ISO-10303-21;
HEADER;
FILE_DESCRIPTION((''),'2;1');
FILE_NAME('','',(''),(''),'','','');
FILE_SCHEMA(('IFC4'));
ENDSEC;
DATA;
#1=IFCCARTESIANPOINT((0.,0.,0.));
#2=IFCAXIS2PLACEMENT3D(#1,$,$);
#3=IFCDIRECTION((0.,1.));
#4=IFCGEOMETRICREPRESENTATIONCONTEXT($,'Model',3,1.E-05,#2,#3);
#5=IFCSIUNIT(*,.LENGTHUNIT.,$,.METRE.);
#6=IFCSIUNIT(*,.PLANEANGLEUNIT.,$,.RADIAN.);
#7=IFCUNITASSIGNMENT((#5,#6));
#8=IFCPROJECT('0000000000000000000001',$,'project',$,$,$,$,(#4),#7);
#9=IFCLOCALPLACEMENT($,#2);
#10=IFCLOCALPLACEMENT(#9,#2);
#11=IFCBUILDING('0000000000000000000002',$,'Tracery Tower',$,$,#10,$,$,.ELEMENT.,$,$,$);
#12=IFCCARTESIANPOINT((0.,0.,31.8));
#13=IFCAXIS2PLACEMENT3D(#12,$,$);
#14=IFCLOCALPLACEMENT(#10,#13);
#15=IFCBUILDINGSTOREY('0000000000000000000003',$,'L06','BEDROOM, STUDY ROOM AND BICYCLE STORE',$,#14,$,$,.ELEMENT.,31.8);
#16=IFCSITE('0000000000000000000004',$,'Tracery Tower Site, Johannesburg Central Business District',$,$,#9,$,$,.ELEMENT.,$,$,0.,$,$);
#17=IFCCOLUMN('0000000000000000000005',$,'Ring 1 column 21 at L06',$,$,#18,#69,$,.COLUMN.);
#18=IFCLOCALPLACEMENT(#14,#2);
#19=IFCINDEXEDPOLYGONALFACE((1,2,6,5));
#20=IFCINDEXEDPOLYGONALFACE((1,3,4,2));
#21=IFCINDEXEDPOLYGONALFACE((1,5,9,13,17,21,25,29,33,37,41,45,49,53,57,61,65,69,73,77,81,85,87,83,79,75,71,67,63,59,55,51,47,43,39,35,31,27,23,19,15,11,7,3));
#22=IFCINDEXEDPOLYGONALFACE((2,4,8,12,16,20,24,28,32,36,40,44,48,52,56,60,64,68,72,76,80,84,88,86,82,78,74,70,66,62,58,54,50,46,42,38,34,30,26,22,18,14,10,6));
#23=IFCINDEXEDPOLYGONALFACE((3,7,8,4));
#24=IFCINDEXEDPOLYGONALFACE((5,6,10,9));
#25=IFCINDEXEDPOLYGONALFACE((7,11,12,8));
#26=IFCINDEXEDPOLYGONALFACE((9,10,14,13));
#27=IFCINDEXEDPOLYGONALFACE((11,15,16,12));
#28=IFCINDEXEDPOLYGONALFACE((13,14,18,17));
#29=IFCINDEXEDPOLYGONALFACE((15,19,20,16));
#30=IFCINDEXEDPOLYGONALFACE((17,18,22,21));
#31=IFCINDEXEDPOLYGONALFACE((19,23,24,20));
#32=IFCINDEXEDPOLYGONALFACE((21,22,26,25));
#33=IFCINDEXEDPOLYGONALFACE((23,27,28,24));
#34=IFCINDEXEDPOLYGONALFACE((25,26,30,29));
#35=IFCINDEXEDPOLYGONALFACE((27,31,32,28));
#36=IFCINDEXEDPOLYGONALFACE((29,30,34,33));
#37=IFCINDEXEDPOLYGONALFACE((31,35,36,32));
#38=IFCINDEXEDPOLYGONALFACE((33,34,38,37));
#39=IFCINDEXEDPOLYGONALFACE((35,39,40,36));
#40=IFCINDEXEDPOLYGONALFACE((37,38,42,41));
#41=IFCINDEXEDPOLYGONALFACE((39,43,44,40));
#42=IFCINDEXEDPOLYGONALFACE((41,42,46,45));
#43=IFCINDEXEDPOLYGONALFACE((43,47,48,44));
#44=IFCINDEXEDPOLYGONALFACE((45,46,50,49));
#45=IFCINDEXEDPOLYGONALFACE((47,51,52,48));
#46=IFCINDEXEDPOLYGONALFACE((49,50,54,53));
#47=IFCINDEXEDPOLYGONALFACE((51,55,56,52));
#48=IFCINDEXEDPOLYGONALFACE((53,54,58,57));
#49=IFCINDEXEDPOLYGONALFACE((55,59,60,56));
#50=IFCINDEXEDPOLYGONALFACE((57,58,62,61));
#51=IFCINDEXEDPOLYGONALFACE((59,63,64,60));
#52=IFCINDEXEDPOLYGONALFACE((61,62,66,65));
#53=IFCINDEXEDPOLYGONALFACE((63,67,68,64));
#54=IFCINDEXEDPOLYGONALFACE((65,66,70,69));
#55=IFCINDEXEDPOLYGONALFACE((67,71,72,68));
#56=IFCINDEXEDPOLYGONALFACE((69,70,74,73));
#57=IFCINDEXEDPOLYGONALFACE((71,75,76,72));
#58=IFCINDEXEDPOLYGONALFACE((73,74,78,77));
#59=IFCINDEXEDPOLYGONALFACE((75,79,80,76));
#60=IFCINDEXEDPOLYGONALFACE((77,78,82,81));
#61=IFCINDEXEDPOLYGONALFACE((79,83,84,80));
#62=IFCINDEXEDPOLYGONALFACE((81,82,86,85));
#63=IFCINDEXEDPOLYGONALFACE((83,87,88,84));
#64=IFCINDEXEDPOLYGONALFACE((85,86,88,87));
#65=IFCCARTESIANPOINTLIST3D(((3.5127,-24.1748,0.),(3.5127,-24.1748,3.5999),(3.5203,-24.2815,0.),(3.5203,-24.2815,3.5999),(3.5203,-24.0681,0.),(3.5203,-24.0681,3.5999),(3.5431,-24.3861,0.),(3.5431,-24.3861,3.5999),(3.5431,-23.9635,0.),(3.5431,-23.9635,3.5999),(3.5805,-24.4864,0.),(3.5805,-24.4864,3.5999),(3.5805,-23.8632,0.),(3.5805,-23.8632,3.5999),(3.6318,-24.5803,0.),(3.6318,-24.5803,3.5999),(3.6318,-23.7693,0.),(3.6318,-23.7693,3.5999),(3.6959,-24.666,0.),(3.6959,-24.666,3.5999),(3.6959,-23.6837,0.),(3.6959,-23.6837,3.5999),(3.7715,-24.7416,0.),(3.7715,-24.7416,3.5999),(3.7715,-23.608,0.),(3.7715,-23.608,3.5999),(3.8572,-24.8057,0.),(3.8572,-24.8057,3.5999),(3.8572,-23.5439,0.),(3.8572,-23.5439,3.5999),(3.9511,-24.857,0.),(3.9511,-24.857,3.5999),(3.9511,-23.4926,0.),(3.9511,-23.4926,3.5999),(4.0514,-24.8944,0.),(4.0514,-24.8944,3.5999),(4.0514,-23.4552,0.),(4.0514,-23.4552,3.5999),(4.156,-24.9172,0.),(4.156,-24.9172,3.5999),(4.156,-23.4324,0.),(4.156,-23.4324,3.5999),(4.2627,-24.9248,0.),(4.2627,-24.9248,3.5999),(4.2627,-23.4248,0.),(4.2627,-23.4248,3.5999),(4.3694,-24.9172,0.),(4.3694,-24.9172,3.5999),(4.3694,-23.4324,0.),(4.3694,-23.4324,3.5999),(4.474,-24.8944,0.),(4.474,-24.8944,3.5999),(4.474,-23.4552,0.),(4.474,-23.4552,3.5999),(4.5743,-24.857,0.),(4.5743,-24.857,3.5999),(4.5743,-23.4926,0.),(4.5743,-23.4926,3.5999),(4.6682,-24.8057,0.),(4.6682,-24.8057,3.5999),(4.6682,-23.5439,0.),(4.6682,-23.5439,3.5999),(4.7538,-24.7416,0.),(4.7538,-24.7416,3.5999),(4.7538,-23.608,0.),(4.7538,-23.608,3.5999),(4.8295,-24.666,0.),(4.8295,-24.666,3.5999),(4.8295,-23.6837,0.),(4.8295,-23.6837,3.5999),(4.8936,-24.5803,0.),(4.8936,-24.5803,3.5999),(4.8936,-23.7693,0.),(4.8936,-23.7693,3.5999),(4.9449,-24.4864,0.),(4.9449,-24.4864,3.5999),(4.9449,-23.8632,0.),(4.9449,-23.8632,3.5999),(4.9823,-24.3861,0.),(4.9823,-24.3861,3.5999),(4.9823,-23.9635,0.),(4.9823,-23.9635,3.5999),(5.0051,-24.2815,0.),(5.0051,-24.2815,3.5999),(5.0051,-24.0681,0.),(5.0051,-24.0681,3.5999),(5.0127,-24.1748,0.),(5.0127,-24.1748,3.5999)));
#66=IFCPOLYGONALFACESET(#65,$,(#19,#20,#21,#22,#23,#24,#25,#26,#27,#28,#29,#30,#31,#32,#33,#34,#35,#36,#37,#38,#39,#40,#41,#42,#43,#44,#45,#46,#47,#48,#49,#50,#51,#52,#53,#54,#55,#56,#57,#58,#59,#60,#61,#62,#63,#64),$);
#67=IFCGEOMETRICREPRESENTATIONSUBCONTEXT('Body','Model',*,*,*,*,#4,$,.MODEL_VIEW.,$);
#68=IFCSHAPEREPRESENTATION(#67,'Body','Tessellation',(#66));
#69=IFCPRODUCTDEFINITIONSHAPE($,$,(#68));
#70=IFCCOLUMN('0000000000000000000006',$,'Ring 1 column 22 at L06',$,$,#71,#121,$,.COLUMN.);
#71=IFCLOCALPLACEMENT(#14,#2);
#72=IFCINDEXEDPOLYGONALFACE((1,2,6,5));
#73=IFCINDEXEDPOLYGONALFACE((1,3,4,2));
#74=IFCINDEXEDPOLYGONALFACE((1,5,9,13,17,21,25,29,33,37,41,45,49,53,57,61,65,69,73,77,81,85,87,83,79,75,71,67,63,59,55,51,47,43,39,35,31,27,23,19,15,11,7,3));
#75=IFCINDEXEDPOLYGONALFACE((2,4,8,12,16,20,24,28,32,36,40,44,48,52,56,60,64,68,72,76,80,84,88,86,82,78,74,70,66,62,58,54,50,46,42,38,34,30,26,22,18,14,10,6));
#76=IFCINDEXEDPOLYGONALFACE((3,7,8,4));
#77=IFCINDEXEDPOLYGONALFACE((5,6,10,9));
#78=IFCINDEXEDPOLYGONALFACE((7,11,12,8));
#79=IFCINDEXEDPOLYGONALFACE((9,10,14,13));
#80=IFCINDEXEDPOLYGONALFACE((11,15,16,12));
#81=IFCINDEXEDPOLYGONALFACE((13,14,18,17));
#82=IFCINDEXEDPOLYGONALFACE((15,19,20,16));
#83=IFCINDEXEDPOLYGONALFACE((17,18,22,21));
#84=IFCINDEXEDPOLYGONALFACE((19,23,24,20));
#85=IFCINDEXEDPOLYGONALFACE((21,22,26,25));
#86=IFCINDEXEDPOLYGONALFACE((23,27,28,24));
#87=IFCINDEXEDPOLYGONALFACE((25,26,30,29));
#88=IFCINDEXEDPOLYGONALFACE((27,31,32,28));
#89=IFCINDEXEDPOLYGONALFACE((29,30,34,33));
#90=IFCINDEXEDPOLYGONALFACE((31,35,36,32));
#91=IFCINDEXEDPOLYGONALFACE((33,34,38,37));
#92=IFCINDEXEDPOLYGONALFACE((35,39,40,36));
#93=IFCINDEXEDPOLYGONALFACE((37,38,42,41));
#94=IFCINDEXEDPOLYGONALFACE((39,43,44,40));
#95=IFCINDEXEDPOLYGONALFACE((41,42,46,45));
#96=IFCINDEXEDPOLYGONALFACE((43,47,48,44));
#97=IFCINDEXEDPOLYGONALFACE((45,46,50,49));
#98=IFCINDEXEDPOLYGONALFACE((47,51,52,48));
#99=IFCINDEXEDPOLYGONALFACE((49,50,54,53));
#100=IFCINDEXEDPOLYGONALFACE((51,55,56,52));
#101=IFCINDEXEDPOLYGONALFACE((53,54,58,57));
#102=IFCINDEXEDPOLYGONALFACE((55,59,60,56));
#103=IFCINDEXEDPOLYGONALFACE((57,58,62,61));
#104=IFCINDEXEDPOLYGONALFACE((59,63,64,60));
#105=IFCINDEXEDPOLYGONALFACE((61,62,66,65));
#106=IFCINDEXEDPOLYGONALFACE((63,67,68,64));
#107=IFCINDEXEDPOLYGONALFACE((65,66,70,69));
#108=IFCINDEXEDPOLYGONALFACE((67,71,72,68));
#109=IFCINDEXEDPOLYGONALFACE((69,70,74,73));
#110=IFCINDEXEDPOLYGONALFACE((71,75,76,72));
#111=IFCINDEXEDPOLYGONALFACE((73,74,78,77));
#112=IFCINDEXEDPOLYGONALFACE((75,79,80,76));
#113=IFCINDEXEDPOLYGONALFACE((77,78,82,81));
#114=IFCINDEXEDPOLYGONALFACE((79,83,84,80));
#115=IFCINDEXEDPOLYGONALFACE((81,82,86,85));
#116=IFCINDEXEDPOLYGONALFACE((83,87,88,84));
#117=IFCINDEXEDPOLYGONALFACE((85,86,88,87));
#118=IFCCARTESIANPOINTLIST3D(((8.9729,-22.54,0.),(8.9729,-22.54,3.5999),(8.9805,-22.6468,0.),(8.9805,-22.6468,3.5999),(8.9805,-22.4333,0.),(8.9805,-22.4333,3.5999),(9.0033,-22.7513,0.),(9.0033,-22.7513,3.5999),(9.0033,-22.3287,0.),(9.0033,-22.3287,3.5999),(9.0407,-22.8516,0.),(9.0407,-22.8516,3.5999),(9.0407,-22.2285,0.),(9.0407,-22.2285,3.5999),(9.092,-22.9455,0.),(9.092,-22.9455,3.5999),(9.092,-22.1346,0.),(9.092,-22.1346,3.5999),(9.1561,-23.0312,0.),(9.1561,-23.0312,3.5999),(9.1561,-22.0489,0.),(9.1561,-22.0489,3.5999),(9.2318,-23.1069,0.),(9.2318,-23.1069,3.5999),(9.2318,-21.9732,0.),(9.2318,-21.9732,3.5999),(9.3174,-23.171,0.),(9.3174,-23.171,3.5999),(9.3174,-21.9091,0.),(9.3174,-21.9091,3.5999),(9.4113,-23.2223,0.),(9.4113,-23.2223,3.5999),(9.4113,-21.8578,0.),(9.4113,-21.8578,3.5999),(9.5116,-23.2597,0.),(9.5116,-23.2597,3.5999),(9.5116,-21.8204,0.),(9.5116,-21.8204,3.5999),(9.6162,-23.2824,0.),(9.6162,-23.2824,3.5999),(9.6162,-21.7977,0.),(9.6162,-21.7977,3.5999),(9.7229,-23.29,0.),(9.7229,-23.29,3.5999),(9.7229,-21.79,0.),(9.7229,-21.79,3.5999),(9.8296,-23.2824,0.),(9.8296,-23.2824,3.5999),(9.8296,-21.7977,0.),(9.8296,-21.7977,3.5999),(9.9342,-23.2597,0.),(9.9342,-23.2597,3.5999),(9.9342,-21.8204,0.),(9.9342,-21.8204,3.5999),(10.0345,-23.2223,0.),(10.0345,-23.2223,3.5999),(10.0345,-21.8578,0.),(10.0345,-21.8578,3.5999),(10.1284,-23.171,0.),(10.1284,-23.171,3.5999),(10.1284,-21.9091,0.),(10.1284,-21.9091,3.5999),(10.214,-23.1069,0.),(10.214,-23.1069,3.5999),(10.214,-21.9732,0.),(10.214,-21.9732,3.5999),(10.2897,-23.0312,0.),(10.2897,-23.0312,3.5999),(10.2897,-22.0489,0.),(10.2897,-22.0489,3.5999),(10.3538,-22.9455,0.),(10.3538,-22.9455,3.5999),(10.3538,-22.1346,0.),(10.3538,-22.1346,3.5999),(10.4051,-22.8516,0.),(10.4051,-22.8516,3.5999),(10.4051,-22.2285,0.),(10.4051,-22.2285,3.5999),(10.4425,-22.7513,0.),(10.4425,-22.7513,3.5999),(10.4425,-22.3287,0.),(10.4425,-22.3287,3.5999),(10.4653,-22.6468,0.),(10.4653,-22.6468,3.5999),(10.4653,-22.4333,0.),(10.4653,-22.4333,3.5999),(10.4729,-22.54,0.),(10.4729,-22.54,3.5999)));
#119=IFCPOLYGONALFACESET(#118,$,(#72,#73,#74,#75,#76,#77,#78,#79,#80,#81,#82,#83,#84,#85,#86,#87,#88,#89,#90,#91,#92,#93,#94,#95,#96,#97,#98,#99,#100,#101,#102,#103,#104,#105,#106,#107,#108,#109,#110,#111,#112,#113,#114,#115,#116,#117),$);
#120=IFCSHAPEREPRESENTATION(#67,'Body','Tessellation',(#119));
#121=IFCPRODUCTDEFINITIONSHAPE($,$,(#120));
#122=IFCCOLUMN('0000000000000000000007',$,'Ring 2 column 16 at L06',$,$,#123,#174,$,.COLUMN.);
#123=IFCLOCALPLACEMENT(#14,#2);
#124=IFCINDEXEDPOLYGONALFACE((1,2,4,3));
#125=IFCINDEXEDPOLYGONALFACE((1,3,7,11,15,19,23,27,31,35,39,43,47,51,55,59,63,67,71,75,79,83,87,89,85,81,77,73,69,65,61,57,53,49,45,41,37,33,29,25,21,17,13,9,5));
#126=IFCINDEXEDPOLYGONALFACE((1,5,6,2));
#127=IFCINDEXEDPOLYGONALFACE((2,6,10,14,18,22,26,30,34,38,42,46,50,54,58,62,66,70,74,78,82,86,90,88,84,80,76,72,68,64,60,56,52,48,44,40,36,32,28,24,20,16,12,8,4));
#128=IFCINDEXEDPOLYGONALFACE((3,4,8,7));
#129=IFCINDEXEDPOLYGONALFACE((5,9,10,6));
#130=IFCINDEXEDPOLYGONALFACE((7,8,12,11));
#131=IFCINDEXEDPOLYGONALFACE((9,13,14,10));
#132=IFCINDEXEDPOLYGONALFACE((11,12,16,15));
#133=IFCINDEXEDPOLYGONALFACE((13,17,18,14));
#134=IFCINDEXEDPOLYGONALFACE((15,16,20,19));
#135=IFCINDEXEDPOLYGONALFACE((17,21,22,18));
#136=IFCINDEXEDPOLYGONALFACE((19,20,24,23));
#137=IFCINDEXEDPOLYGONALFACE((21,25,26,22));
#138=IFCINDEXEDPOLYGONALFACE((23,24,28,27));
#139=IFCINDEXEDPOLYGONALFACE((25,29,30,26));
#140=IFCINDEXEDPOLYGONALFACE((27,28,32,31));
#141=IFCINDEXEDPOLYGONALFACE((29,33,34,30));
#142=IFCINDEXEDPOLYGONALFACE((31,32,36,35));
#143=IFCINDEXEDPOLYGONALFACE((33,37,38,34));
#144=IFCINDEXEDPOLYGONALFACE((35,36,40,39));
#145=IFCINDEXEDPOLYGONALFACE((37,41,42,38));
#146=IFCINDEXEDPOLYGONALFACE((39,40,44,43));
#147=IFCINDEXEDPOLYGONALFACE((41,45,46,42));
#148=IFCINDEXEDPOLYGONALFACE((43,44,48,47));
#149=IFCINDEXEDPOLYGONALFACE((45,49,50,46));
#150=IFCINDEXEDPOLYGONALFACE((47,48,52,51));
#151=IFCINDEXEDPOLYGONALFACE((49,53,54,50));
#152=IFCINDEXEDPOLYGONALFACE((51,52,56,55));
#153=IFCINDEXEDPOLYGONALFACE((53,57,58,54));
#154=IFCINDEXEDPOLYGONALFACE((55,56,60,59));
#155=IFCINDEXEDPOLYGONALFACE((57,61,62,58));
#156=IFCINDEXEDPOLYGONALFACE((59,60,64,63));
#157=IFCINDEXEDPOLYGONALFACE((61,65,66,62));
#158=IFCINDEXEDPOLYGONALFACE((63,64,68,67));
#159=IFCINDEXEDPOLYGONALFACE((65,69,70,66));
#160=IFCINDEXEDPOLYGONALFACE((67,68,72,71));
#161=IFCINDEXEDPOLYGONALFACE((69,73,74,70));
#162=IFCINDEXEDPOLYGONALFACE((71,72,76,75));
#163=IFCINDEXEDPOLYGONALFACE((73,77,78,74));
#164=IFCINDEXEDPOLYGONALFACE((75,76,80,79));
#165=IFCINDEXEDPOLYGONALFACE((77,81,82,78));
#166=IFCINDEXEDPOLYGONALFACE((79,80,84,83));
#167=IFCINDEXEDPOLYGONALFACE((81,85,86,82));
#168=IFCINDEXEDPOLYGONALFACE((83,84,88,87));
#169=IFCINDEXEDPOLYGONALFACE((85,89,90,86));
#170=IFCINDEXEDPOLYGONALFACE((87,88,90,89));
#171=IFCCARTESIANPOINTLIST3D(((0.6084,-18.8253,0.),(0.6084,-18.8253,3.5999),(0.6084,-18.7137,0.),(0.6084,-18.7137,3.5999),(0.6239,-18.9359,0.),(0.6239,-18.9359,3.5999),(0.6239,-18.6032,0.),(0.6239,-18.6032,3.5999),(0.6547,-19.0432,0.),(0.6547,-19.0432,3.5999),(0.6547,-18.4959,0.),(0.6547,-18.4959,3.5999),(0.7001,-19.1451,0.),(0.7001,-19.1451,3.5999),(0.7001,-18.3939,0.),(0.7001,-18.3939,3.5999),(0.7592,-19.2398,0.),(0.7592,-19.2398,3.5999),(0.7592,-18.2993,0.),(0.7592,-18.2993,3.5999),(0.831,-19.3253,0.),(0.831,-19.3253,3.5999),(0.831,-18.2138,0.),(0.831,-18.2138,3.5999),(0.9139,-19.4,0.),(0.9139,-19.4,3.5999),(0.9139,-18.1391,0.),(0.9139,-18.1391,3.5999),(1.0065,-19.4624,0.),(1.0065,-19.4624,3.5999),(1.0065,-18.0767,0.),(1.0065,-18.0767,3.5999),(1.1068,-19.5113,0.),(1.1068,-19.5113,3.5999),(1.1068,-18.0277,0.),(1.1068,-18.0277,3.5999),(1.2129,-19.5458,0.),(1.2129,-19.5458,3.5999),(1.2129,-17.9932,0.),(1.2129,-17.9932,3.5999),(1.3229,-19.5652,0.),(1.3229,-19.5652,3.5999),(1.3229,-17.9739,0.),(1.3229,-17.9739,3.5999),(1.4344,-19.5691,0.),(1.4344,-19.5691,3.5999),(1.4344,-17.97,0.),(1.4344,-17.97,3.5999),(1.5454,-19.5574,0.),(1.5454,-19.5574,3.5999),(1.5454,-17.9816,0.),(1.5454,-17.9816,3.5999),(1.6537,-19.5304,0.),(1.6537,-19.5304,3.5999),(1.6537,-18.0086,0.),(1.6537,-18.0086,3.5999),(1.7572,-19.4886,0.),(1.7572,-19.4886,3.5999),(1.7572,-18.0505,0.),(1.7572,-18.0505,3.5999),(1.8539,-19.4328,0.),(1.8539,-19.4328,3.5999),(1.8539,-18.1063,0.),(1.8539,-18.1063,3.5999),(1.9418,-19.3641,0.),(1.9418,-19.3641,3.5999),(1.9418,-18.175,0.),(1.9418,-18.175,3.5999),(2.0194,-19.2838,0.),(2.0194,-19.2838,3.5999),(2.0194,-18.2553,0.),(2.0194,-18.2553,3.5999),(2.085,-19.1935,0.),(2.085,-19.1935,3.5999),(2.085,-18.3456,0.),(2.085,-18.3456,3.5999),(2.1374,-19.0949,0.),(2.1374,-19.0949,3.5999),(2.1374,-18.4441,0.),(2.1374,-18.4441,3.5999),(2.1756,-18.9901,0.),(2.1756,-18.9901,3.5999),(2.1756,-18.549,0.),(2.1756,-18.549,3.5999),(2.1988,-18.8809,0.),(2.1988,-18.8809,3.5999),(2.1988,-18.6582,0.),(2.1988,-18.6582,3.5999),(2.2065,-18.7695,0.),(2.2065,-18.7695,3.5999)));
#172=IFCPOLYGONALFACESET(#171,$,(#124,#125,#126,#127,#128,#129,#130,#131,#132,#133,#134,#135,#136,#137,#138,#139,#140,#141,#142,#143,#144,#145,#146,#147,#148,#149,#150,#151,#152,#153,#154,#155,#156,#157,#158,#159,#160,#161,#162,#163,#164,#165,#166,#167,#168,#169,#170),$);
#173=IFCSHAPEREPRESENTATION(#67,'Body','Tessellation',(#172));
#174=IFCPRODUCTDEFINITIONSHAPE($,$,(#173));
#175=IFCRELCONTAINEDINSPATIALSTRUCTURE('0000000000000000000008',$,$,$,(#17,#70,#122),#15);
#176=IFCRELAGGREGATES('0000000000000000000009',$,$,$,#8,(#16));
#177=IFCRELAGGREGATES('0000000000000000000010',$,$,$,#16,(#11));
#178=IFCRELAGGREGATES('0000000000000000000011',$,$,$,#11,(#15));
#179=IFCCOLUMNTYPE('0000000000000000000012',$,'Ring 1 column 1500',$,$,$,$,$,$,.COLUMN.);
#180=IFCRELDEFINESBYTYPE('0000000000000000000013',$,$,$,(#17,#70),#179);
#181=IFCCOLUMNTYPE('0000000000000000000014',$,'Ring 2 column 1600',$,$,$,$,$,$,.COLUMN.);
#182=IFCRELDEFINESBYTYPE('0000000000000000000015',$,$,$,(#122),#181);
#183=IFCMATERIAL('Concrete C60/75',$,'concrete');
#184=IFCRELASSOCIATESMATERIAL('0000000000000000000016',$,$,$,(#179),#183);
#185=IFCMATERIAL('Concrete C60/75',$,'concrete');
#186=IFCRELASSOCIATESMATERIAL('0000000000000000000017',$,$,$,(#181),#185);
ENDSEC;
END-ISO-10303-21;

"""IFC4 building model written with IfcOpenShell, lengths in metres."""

from ifc_helpers import new_model, si_unit, direction, frame, origin, origin_2d, place, context, subcontext, project, spatial, circle, extrude, material, material_profile, profile_set, type_object, element, save


model = new_model("IFC4")

# Units and contexts
model_context = context("Model", 3, precision=1e-05, world=origin(), true_north=direction((0.0, 1.0)))
body_context = subcontext(model_context, "Body", "Model", "MODEL_VIEW")
ifc_project = project(units=[si_unit("LENGTHUNIT", "METRE"), si_unit("PLANEANGLEUNIT", "RADIAN")], contexts=[model_context])

# Site, building, storey
site_placement = place(None, origin())
site = spatial("IfcSite", under=ifc_project, at=site_placement, Name="Tracery Tower Site, Johannesburg Central Business District", CompositionType="ELEMENT", RefElevation=0.0)
building_placement = place(site_placement, origin())
building = spatial("IfcBuilding", under=site, at=building_placement, Name="Tracery Tower", CompositionType="ELEMENT")
storey_placement = place(building_placement, frame((0.0, 0.0, 31.8)))
storey = spatial("IfcBuildingStorey", under=building, at=storey_placement, Name="L06", Description="BEDROOM, STUDY ROOM AND BICYCLE STORE", CompositionType="ELEMENT", Elevation=31.8)

# Columns
ifc_material_1 = material(Name="Concrete C60/75", Category="concrete")
ifc_material_profile_1 = material_profile(ifc_material_1, circle(Radius=0.75, at=origin_2d()), Name="RC D1500")
ifc_profile_set_1 = profile_set([ifc_material_profile_1], Name="Concrete C60/75")
column_type_1 = type_object("IfcColumnType", Name="Ring 1 column 1500", PredefinedType="COLUMN", material=ifc_profile_set_1)
for number, where, z_axis, x_axis, name in (
    (1, (4.2627, -24.1748, 0.0), (0.0, 0.0, 1.0), (1.0, 0.0, 0.0), "Ring 1 column 21 at L06"),
    (2, (9.7229, -22.54, 0.0), (0.0, 0.0, 1.0), (1.0, 0.0, 0.0), "Ring 1 column 22 at L06"),
):
    element("IfcColumn", number, at=place(storey_placement, frame(where, z_axis=z_axis, x_axis=x_axis)), inside=storey, type_object=column_type_1, Name=name, PredefinedType="COLUMN", context=body_context, shape_type="SweptSolid", body=[
        extrude(circle(Radius=0.75, at=origin_2d()), origin(), (0.0, 0.0, 1.0), 3.5999),
    ])
ifc_material_2 = material(Name="Concrete C60/75", Category="concrete")
ifc_material_profile_2 = material_profile(ifc_material_2, circle(Radius=0.8, at=origin_2d()), Name="RC D1600")
ifc_profile_set_2 = profile_set([ifc_material_profile_2], Name="Concrete C60/75")
column_type_2 = type_object("IfcColumnType", Name="Ring 2 column 1600", PredefinedType="COLUMN", material=ifc_profile_set_2)
for number, where, z_axis, x_axis, name in (
    (3, (1.4065, -18.7695, 0.0), (0.0, 0.0, 1.0), (1.0, 0.0, 0.0), "Ring 2 column 16 at L06"),
):
    element("IfcColumn", number, at=place(storey_placement, frame(where, z_axis=z_axis, x_axis=x_axis)), inside=storey, type_object=column_type_2, Name=name, PredefinedType="COLUMN", context=body_context, shape_type="SweptSolid", body=[
        extrude(circle(Radius=0.8, at=origin_2d()), origin(), (0.0, 0.0, 1.0), 3.5999),
    ])

save(model, "model.ifc")
